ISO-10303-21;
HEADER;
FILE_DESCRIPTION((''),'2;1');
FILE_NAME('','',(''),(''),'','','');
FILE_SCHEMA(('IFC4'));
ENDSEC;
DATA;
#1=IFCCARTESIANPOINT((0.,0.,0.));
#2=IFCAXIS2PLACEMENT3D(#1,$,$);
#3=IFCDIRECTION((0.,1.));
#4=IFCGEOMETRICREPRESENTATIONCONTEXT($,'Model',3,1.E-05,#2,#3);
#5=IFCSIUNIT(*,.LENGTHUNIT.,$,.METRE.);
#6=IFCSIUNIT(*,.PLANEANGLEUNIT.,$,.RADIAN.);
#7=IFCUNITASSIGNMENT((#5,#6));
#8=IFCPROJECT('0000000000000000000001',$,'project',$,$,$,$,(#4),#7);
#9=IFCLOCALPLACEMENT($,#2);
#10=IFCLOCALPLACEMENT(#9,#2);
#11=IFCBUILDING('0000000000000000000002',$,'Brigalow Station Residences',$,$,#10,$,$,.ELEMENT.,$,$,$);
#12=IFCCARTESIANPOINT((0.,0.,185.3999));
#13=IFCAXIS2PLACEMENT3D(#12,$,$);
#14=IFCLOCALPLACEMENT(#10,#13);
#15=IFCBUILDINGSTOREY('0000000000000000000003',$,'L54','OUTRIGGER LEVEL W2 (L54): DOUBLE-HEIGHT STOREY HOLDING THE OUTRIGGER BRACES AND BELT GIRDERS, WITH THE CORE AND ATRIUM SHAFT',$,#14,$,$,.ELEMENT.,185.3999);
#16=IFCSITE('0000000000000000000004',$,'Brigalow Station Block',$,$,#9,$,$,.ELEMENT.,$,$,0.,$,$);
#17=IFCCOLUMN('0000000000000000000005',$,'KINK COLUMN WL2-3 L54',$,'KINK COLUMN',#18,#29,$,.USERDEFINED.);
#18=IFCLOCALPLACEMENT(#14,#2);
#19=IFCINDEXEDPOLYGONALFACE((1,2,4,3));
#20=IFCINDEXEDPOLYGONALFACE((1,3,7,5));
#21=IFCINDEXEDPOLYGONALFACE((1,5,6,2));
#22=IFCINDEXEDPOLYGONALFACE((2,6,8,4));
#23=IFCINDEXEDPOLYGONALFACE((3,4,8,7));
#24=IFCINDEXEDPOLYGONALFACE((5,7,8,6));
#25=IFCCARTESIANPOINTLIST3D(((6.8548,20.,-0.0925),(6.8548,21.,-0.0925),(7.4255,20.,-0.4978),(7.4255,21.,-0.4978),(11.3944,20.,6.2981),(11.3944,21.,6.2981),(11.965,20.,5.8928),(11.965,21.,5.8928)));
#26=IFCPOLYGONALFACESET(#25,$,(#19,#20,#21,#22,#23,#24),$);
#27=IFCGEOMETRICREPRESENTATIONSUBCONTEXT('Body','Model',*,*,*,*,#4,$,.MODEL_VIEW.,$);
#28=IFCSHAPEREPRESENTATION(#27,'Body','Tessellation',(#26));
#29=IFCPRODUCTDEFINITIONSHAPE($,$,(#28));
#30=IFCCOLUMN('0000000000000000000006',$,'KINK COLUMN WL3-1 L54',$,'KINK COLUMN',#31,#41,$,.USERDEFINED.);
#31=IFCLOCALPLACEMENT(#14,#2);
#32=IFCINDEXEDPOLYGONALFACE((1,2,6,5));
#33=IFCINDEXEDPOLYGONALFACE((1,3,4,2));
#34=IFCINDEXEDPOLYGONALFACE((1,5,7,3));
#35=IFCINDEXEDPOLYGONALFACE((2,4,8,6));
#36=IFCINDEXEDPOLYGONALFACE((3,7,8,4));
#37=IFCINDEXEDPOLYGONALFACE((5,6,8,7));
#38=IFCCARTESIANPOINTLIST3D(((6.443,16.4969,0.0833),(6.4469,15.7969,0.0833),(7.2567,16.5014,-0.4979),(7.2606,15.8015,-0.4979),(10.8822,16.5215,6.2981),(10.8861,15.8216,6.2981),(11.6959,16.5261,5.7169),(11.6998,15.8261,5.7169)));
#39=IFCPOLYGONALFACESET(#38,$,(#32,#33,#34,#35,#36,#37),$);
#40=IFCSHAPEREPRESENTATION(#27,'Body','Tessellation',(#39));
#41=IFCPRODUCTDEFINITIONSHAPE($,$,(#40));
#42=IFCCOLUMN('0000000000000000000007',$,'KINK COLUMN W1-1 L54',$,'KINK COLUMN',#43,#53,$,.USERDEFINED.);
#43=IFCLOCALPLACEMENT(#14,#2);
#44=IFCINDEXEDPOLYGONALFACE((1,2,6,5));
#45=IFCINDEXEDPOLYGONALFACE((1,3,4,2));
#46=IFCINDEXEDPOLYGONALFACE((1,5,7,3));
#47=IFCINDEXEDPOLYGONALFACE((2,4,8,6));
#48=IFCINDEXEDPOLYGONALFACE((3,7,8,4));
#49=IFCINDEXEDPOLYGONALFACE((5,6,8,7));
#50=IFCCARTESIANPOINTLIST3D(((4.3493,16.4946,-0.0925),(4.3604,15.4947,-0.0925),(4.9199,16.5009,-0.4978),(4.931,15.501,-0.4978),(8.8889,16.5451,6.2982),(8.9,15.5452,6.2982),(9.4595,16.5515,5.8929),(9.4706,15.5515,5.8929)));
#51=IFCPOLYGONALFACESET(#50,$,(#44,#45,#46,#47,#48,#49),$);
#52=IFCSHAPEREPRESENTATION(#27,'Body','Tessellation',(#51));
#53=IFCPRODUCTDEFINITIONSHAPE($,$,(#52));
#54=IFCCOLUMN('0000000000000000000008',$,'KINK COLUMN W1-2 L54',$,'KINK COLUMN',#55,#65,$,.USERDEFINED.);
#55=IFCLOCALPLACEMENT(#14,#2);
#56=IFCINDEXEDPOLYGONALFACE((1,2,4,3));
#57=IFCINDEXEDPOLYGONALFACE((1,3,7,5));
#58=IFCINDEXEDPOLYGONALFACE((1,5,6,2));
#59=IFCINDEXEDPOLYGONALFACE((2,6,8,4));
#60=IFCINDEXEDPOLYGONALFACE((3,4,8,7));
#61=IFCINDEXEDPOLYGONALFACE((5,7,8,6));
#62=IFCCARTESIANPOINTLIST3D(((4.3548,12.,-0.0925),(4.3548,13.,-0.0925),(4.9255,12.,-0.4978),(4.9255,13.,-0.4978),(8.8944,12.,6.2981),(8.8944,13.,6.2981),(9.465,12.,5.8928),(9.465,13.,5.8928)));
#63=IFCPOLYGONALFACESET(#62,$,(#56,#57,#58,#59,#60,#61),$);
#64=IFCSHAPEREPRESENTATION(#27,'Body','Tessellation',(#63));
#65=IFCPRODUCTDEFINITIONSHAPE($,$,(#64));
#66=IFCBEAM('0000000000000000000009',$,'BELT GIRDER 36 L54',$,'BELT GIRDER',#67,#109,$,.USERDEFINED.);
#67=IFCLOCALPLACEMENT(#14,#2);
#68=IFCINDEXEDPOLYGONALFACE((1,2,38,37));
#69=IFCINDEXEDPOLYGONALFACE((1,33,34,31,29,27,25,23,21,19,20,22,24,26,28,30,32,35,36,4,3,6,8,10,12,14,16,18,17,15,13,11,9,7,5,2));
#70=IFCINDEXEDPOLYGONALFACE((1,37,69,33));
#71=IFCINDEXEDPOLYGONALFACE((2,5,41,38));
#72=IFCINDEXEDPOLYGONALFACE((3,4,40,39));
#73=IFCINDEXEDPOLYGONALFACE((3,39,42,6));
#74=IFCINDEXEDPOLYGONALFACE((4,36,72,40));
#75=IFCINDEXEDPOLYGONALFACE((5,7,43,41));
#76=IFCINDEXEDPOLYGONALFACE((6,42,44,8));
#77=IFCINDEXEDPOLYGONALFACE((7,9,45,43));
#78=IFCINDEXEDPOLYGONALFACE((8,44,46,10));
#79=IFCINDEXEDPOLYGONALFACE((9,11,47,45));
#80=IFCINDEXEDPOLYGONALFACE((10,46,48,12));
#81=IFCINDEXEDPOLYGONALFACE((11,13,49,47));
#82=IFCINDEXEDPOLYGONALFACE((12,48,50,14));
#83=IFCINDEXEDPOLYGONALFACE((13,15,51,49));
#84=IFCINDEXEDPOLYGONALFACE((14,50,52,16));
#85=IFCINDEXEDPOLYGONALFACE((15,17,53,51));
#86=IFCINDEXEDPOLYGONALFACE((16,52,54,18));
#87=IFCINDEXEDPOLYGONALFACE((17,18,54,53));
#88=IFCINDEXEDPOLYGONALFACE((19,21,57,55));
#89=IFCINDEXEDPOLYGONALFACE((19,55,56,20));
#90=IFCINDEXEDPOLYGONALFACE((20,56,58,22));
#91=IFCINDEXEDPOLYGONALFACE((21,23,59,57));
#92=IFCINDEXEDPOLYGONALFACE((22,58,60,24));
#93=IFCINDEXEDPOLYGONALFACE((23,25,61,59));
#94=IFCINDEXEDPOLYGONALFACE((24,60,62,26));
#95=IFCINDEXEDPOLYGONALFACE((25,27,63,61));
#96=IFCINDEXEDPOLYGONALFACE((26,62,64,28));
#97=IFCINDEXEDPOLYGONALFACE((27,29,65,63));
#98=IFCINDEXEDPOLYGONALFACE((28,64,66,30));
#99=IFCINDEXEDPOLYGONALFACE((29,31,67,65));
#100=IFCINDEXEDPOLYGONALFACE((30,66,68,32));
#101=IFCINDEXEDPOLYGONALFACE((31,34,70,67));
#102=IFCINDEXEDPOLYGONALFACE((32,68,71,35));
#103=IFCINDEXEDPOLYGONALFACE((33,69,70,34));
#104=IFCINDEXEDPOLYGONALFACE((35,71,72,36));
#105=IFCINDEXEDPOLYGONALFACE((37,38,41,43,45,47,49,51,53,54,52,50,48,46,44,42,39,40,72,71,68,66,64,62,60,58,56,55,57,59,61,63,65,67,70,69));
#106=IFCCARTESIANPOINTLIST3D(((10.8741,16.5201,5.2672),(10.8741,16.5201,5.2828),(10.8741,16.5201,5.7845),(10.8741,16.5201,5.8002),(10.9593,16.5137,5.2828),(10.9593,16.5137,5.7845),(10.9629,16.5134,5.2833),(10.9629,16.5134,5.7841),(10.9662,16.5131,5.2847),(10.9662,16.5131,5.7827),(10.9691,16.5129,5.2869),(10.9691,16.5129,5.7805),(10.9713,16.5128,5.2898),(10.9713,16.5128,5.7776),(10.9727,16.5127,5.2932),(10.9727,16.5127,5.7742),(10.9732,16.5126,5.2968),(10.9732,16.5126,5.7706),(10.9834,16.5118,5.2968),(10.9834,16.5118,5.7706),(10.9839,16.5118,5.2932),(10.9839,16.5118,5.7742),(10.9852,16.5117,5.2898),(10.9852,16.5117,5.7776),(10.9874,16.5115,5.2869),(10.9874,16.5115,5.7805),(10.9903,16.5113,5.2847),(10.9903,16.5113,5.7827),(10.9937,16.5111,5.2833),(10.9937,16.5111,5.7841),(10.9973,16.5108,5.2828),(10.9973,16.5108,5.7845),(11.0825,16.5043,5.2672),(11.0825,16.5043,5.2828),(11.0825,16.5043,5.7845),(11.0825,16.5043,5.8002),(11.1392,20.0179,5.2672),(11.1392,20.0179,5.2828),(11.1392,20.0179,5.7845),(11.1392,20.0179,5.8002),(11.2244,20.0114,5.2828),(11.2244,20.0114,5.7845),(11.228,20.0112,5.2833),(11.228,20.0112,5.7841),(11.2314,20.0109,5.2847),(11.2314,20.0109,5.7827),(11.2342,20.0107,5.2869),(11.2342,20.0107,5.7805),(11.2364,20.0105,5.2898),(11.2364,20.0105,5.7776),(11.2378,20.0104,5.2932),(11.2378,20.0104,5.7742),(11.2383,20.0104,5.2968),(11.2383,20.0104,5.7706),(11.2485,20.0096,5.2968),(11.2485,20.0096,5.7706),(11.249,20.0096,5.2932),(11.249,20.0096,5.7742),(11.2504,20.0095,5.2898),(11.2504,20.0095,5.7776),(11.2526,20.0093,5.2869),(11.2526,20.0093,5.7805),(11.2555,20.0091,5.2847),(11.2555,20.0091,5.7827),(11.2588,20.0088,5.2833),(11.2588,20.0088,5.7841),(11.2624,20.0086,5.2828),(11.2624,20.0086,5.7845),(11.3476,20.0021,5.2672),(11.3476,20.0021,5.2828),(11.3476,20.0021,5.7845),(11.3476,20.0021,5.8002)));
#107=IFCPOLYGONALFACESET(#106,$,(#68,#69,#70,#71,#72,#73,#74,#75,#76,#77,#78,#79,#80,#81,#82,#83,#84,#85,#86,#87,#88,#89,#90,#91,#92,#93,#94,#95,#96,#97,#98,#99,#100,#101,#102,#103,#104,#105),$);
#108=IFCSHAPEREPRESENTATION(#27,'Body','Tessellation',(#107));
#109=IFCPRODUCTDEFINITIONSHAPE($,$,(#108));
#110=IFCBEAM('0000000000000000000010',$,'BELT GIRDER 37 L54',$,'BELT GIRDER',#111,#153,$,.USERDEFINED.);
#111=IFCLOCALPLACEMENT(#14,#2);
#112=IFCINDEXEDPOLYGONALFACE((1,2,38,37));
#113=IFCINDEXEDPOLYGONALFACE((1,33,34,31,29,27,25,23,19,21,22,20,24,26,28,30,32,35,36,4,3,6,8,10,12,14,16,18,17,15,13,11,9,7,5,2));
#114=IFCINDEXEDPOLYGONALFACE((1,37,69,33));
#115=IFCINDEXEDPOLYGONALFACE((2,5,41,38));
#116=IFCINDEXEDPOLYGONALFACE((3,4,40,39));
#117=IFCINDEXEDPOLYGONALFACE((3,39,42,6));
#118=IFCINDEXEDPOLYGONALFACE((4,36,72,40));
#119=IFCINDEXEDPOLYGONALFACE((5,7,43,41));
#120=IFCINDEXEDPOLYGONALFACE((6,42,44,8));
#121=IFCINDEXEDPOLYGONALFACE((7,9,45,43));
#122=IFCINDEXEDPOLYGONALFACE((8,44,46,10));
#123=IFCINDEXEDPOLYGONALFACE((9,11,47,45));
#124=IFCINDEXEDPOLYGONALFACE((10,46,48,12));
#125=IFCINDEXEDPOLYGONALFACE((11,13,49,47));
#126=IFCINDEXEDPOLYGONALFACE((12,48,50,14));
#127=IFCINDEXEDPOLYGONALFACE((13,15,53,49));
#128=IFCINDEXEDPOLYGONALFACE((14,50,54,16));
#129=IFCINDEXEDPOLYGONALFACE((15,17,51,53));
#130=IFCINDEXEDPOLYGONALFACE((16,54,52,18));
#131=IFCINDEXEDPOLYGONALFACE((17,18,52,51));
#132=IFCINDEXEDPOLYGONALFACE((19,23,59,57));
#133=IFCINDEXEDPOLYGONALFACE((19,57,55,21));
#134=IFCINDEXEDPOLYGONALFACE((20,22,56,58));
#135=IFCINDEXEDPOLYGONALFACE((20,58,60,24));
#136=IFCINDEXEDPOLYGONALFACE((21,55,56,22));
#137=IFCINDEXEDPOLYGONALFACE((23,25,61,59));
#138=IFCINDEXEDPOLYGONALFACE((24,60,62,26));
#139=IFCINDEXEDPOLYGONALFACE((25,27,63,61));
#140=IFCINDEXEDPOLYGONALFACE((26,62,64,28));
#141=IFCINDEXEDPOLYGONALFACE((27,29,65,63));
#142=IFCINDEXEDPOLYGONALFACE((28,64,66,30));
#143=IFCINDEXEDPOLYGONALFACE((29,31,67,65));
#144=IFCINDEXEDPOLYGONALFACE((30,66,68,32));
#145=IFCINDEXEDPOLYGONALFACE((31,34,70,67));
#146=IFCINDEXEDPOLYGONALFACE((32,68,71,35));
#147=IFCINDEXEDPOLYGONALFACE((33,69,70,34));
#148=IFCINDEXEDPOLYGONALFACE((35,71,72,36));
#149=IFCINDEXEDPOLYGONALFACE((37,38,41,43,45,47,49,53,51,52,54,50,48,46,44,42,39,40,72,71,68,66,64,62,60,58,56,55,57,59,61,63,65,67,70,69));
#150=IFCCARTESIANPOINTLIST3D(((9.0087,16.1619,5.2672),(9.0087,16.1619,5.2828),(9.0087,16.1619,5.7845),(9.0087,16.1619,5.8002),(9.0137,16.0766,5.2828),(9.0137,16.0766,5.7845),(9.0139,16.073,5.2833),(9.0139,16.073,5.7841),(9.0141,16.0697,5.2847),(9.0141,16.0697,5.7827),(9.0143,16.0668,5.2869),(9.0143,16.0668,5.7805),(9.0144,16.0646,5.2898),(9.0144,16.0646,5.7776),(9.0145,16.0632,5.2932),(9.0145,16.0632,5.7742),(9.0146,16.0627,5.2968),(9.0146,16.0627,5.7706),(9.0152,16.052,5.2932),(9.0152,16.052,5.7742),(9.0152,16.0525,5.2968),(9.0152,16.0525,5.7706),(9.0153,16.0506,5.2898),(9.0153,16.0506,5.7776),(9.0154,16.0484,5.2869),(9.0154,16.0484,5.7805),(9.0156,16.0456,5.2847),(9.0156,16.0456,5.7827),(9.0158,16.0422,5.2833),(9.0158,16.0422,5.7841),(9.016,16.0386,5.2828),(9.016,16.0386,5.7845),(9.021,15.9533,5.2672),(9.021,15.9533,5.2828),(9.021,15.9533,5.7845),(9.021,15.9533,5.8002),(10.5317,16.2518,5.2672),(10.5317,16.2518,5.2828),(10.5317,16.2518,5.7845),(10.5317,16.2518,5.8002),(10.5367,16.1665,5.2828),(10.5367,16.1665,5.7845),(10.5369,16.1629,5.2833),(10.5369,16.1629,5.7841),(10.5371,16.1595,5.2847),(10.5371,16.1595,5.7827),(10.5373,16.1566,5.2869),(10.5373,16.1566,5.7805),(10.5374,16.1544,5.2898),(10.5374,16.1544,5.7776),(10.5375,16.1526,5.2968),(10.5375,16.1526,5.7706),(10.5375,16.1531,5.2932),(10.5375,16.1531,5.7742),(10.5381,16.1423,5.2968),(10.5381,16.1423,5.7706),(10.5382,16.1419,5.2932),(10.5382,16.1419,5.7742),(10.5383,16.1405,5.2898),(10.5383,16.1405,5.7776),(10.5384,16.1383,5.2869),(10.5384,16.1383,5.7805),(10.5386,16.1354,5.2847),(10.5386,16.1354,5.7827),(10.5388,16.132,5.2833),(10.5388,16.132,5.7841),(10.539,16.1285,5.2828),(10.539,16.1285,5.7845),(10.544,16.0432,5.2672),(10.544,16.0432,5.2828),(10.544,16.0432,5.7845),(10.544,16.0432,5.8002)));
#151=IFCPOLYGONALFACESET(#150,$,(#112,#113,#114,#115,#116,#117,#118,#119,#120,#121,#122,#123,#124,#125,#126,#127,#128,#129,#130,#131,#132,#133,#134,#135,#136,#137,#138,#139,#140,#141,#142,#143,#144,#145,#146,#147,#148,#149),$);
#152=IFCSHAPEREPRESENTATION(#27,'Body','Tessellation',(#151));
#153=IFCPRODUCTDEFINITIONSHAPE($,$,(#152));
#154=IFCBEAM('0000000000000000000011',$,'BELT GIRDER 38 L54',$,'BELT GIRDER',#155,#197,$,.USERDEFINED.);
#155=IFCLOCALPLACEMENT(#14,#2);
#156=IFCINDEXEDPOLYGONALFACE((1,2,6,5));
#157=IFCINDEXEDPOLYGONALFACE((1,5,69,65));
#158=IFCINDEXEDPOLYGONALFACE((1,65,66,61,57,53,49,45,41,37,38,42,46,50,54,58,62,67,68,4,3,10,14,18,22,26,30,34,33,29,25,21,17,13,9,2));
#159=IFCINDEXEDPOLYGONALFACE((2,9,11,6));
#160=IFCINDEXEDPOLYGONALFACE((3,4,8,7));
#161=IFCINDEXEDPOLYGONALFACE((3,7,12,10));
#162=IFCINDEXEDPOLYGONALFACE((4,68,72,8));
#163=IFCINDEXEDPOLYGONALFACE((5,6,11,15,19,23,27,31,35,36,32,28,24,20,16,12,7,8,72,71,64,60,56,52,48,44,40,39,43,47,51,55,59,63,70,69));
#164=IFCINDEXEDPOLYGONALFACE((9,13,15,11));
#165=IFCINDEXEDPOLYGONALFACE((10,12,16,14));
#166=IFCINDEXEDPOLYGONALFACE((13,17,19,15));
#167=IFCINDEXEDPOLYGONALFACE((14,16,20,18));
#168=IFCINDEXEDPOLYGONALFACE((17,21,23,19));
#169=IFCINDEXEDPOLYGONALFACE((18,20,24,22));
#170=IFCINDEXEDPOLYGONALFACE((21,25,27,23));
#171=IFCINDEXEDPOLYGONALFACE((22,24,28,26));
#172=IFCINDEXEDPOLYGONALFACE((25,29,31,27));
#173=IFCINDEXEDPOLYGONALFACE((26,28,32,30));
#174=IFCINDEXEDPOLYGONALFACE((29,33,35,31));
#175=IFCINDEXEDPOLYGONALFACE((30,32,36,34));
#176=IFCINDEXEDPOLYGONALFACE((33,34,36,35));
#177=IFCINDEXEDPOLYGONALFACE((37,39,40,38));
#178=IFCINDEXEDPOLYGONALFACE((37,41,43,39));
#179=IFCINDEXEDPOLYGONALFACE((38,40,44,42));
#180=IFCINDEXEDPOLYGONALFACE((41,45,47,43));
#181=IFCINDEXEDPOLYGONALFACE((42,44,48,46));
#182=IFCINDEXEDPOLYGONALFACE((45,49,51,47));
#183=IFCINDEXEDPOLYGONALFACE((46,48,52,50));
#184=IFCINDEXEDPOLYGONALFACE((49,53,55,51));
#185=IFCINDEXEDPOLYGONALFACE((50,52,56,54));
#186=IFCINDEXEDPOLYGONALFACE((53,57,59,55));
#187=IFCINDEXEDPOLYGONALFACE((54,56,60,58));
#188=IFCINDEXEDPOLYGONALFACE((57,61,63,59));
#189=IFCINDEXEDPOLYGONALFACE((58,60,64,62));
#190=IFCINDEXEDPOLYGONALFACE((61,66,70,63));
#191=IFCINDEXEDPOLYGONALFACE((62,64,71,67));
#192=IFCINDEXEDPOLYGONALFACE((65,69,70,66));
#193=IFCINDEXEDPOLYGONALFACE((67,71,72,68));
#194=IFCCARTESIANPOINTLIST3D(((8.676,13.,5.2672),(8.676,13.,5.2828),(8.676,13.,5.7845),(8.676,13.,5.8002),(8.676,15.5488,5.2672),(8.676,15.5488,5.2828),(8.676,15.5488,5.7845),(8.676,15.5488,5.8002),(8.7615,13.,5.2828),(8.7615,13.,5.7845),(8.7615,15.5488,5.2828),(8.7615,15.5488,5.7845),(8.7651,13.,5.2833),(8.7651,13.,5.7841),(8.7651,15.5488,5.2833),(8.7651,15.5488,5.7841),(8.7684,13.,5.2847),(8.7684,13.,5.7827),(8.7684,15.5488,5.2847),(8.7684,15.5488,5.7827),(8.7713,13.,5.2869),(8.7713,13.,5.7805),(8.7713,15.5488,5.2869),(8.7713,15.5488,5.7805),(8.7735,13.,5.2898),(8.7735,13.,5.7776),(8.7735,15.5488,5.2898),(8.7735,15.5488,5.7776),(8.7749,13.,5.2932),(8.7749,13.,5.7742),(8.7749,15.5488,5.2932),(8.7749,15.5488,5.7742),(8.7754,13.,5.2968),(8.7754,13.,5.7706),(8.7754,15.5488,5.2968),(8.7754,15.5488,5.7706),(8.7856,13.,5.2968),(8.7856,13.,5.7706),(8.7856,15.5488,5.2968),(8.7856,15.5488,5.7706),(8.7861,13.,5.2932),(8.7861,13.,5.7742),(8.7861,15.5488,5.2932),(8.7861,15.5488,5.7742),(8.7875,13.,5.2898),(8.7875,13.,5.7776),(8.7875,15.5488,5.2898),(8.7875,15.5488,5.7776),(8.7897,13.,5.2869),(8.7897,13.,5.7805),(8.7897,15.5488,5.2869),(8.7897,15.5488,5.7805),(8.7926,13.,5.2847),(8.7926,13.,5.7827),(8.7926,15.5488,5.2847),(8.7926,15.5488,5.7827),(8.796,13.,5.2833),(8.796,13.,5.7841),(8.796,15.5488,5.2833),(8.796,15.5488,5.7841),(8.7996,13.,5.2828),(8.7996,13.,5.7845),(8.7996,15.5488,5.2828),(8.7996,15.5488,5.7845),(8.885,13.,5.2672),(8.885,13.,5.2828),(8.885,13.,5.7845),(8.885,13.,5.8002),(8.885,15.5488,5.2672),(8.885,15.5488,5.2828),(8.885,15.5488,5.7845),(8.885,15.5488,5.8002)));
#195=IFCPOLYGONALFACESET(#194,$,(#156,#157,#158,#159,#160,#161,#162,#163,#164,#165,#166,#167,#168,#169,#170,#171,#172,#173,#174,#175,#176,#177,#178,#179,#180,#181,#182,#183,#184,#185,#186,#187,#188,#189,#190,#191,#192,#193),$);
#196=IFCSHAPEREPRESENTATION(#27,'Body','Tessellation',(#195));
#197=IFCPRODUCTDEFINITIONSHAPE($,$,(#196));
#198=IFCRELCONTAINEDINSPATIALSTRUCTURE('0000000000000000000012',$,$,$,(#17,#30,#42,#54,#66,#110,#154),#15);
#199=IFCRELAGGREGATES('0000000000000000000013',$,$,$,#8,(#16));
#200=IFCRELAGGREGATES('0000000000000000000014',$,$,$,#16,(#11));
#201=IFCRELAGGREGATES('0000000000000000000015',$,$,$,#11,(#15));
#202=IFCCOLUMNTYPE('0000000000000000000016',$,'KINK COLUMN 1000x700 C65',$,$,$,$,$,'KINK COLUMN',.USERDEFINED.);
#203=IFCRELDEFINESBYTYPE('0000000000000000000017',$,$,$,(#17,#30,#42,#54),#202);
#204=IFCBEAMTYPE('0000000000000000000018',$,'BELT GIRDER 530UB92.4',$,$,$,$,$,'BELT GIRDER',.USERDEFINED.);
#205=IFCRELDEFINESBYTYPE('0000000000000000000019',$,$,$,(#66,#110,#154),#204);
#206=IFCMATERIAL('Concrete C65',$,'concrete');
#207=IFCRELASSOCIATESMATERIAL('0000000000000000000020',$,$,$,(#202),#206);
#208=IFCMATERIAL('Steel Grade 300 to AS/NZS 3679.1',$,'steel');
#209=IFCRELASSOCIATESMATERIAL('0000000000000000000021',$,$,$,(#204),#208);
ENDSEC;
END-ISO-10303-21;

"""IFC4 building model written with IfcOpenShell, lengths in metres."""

from ifc_helpers import new_model, si_unit, direction, frame, origin, origin_2d, place, context, subcontext, project, spatial, rectangle, i_section, extrude, material, material_profile, profile_set, type_object, element, save


model = new_model("IFC4")

# Units and contexts
model_context = context("Model", 3, precision=1e-05, world=origin(), true_north=direction((0.0, 1.0)))
body_context = subcontext(model_context, "Body", "Model", "MODEL_VIEW")
ifc_project = project(units=[si_unit("LENGTHUNIT", "METRE"), si_unit("PLANEANGLEUNIT", "RADIAN")], contexts=[model_context])

# Site, building, storey
site_placement = place(None, origin())
site = spatial("IfcSite", under=ifc_project, at=site_placement, Name="Brigalow Station Block", CompositionType="ELEMENT", RefElevation=0.0)
building_placement = place(site_placement, origin())
building = spatial("IfcBuilding", under=site, at=building_placement, Name="Brigalow Station Residences", CompositionType="ELEMENT")
storey_placement = place(building_placement, frame((0.0, 0.0, 185.3999)))
storey = spatial("IfcBuildingStorey", under=building, at=storey_placement, Name="L54", Description="OUTRIGGER LEVEL W2 (L54): DOUBLE-HEIGHT STOREY HOLDING THE OUTRIGGER BRACES AND BELT GIRDERS, WITH THE CORE AND ATRIUM SHAFT", CompositionType="ELEMENT", Elevation=185.3999)

# Columns
ifc_material_1 = material(Name="Concrete C65", Category="concrete")
ifc_material_profile_1 = material_profile(ifc_material_1, rectangle(XDim=1.0, YDim=0.7, at=origin_2d()), Name="RC1000x700")
ifc_profile_set_1 = profile_set([ifc_material_profile_1], Name="Concrete C65")
column_type = type_object("IfcColumnType", Name="KINK COLUMN 1000x700 C65", ElementType="KINK COLUMN", PredefinedType="USERDEFINED", material=ifc_profile_set_1)
column_1_placement = place(storey_placement, frame((7.1401, 20.5, -0.2952), z_axis=(0.579109, 0.0, 0.81525), x_axis=(0.0, 1.0, 0.0)))
element("IfcColumn", 1, at=column_1_placement, inside=storey, type_object=column_type, Name="KINK COLUMN WL2-3 L54", ObjectType="KINK COLUMN", PredefinedType="USERDEFINED", context=body_context, shape_type="SweptSolid", body=[
    extrude(rectangle(XDim=1.0, YDim=0.7, at=origin_2d()), origin(), (0.0, 0.0, 1.0), 7.8389),
])
column_2_placement = place(storey_placement, frame((6.8518, 16.1492, -0.2073), z_axis=(0.581238, 0.003229, 0.813727), x_axis=(-0.813715, -0.00452, 0.581247)))
element("IfcColumn", 2, at=column_2_placement, inside=storey, type_object=column_type, Name="KINK COLUMN WL3-1 L54", ObjectType="KINK COLUMN", PredefinedType="USERDEFINED", context=body_context, shape_type="SweptSolid", body=[
    extrude(rectangle(XDim=1.0, YDim=0.7, at=origin_2d()), origin(), (0.0, 0.0, 1.0), 7.6375),
])
column_3_placement = place(storey_placement, frame((4.6401, 15.9978, -0.2952), z_axis=(0.579097, 0.006447, 0.815233), x_axis=(-0.011132, 0.999938, 0.0)))
element("IfcColumn", 3, at=column_3_placement, inside=storey, type_object=column_type, Name="KINK COLUMN W1-1 L54", ObjectType="KINK COLUMN", PredefinedType="USERDEFINED", context=body_context, shape_type="SweptSolid", body=[
    extrude(rectangle(XDim=1.0, YDim=0.7, at=origin_2d()), origin(), (0.0, 0.0, 1.0), 7.8391),
])
column_4_placement = place(storey_placement, frame((4.6401, 12.5, -0.2952), z_axis=(0.579109, 0.0, 0.81525), x_axis=(0.0, 1.0, 0.0)))
element("IfcColumn", 4, at=column_4_placement, inside=storey, type_object=column_type, Name="KINK COLUMN W1-2 L54", ObjectType="KINK COLUMN", PredefinedType="USERDEFINED", context=body_context, shape_type="SweptSolid", body=[
    extrude(rectangle(XDim=1.0, YDim=0.7, at=origin_2d()), origin(), (0.0, 0.0, 1.0), 7.8389),
])

# Beams
ifc_material_2 = material(Name="Steel Grade 300 to AS/NZS 3679.1", Category="steel")
ifc_material_profile_2 = material_profile(ifc_material_2, i_section(OverallWidth=0.209, OverallDepth=0.533, WebThickness=0.0103, FlangeThickness=0.0156, FilletRadius=0.0139, at=origin_2d()), Name="530UB92.4")
ifc_profile_set_2 = profile_set([ifc_material_profile_2], Name="Steel Grade 300 to AS/NZS 3679.1")
beam_type = type_object("IfcBeamType", Name="BELT GIRDER 530UB92.4", ElementType="BELT GIRDER", PredefinedType="USERDEFINED", material=ifc_profile_set_2)
beam_1_placement = place(storey_placement, frame((11.2434, 20.01, 5.5337), z_axis=(-0.075584, -0.997139, 0.0), x_axis=(0.997139, -0.075584, 0.0)))
element("IfcBeam", 5, at=beam_1_placement, inside=storey, type_object=beam_type, Name="BELT GIRDER 36 L54", ObjectType="BELT GIRDER", PredefinedType="USERDEFINED", context=body_context, shape_type="SweptSolid", body=[
    extrude(i_section(OverallWidth=0.209, OverallDepth=0.533, WebThickness=0.0103, FlangeThickness=0.0156, FilletRadius=0.0139, at=origin_2d()), origin(), (0.0, 0.0, 1.0), 3.5078),
])
beam_2_placement = place(storey_placement, frame((10.5378, 16.1475, 5.5337), z_axis=(-0.998264, -0.058891, 0.0), x_axis=(0.058891, -0.998264, 0.0)))
element("IfcBeam", 6, at=beam_2_placement, inside=storey, type_object=beam_type, Name="BELT GIRDER 37 L54", ObjectType="BELT GIRDER", PredefinedType="USERDEFINED", context=body_context, shape_type="SweptSolid", body=[
    extrude(i_section(OverallWidth=0.209, OverallDepth=0.533, WebThickness=0.0103, FlangeThickness=0.0156, FilletRadius=0.0139, at=origin_2d()), origin(), (0.0, 0.0, 1.0), 1.5256),
])
beam_3_placement = place(storey_placement, frame((8.7805, 15.5488, 5.5337), z_axis=(0.0, -1.0, 0.0), x_axis=(1.0, 0.0, 0.0)))
element("IfcBeam", 7, at=beam_3_placement, inside=storey, type_object=beam_type, Name="BELT GIRDER 38 L54", ObjectType="BELT GIRDER", PredefinedType="USERDEFINED", context=body_context, shape_type="SweptSolid", body=[
    extrude(i_section(OverallWidth=0.209, OverallDepth=0.533, WebThickness=0.0103, FlangeThickness=0.0156, FilletRadius=0.0139, at=origin_2d()), origin(), (0.0, 0.0, 1.0), 2.5488),
])

save(model, "model.ifc")
